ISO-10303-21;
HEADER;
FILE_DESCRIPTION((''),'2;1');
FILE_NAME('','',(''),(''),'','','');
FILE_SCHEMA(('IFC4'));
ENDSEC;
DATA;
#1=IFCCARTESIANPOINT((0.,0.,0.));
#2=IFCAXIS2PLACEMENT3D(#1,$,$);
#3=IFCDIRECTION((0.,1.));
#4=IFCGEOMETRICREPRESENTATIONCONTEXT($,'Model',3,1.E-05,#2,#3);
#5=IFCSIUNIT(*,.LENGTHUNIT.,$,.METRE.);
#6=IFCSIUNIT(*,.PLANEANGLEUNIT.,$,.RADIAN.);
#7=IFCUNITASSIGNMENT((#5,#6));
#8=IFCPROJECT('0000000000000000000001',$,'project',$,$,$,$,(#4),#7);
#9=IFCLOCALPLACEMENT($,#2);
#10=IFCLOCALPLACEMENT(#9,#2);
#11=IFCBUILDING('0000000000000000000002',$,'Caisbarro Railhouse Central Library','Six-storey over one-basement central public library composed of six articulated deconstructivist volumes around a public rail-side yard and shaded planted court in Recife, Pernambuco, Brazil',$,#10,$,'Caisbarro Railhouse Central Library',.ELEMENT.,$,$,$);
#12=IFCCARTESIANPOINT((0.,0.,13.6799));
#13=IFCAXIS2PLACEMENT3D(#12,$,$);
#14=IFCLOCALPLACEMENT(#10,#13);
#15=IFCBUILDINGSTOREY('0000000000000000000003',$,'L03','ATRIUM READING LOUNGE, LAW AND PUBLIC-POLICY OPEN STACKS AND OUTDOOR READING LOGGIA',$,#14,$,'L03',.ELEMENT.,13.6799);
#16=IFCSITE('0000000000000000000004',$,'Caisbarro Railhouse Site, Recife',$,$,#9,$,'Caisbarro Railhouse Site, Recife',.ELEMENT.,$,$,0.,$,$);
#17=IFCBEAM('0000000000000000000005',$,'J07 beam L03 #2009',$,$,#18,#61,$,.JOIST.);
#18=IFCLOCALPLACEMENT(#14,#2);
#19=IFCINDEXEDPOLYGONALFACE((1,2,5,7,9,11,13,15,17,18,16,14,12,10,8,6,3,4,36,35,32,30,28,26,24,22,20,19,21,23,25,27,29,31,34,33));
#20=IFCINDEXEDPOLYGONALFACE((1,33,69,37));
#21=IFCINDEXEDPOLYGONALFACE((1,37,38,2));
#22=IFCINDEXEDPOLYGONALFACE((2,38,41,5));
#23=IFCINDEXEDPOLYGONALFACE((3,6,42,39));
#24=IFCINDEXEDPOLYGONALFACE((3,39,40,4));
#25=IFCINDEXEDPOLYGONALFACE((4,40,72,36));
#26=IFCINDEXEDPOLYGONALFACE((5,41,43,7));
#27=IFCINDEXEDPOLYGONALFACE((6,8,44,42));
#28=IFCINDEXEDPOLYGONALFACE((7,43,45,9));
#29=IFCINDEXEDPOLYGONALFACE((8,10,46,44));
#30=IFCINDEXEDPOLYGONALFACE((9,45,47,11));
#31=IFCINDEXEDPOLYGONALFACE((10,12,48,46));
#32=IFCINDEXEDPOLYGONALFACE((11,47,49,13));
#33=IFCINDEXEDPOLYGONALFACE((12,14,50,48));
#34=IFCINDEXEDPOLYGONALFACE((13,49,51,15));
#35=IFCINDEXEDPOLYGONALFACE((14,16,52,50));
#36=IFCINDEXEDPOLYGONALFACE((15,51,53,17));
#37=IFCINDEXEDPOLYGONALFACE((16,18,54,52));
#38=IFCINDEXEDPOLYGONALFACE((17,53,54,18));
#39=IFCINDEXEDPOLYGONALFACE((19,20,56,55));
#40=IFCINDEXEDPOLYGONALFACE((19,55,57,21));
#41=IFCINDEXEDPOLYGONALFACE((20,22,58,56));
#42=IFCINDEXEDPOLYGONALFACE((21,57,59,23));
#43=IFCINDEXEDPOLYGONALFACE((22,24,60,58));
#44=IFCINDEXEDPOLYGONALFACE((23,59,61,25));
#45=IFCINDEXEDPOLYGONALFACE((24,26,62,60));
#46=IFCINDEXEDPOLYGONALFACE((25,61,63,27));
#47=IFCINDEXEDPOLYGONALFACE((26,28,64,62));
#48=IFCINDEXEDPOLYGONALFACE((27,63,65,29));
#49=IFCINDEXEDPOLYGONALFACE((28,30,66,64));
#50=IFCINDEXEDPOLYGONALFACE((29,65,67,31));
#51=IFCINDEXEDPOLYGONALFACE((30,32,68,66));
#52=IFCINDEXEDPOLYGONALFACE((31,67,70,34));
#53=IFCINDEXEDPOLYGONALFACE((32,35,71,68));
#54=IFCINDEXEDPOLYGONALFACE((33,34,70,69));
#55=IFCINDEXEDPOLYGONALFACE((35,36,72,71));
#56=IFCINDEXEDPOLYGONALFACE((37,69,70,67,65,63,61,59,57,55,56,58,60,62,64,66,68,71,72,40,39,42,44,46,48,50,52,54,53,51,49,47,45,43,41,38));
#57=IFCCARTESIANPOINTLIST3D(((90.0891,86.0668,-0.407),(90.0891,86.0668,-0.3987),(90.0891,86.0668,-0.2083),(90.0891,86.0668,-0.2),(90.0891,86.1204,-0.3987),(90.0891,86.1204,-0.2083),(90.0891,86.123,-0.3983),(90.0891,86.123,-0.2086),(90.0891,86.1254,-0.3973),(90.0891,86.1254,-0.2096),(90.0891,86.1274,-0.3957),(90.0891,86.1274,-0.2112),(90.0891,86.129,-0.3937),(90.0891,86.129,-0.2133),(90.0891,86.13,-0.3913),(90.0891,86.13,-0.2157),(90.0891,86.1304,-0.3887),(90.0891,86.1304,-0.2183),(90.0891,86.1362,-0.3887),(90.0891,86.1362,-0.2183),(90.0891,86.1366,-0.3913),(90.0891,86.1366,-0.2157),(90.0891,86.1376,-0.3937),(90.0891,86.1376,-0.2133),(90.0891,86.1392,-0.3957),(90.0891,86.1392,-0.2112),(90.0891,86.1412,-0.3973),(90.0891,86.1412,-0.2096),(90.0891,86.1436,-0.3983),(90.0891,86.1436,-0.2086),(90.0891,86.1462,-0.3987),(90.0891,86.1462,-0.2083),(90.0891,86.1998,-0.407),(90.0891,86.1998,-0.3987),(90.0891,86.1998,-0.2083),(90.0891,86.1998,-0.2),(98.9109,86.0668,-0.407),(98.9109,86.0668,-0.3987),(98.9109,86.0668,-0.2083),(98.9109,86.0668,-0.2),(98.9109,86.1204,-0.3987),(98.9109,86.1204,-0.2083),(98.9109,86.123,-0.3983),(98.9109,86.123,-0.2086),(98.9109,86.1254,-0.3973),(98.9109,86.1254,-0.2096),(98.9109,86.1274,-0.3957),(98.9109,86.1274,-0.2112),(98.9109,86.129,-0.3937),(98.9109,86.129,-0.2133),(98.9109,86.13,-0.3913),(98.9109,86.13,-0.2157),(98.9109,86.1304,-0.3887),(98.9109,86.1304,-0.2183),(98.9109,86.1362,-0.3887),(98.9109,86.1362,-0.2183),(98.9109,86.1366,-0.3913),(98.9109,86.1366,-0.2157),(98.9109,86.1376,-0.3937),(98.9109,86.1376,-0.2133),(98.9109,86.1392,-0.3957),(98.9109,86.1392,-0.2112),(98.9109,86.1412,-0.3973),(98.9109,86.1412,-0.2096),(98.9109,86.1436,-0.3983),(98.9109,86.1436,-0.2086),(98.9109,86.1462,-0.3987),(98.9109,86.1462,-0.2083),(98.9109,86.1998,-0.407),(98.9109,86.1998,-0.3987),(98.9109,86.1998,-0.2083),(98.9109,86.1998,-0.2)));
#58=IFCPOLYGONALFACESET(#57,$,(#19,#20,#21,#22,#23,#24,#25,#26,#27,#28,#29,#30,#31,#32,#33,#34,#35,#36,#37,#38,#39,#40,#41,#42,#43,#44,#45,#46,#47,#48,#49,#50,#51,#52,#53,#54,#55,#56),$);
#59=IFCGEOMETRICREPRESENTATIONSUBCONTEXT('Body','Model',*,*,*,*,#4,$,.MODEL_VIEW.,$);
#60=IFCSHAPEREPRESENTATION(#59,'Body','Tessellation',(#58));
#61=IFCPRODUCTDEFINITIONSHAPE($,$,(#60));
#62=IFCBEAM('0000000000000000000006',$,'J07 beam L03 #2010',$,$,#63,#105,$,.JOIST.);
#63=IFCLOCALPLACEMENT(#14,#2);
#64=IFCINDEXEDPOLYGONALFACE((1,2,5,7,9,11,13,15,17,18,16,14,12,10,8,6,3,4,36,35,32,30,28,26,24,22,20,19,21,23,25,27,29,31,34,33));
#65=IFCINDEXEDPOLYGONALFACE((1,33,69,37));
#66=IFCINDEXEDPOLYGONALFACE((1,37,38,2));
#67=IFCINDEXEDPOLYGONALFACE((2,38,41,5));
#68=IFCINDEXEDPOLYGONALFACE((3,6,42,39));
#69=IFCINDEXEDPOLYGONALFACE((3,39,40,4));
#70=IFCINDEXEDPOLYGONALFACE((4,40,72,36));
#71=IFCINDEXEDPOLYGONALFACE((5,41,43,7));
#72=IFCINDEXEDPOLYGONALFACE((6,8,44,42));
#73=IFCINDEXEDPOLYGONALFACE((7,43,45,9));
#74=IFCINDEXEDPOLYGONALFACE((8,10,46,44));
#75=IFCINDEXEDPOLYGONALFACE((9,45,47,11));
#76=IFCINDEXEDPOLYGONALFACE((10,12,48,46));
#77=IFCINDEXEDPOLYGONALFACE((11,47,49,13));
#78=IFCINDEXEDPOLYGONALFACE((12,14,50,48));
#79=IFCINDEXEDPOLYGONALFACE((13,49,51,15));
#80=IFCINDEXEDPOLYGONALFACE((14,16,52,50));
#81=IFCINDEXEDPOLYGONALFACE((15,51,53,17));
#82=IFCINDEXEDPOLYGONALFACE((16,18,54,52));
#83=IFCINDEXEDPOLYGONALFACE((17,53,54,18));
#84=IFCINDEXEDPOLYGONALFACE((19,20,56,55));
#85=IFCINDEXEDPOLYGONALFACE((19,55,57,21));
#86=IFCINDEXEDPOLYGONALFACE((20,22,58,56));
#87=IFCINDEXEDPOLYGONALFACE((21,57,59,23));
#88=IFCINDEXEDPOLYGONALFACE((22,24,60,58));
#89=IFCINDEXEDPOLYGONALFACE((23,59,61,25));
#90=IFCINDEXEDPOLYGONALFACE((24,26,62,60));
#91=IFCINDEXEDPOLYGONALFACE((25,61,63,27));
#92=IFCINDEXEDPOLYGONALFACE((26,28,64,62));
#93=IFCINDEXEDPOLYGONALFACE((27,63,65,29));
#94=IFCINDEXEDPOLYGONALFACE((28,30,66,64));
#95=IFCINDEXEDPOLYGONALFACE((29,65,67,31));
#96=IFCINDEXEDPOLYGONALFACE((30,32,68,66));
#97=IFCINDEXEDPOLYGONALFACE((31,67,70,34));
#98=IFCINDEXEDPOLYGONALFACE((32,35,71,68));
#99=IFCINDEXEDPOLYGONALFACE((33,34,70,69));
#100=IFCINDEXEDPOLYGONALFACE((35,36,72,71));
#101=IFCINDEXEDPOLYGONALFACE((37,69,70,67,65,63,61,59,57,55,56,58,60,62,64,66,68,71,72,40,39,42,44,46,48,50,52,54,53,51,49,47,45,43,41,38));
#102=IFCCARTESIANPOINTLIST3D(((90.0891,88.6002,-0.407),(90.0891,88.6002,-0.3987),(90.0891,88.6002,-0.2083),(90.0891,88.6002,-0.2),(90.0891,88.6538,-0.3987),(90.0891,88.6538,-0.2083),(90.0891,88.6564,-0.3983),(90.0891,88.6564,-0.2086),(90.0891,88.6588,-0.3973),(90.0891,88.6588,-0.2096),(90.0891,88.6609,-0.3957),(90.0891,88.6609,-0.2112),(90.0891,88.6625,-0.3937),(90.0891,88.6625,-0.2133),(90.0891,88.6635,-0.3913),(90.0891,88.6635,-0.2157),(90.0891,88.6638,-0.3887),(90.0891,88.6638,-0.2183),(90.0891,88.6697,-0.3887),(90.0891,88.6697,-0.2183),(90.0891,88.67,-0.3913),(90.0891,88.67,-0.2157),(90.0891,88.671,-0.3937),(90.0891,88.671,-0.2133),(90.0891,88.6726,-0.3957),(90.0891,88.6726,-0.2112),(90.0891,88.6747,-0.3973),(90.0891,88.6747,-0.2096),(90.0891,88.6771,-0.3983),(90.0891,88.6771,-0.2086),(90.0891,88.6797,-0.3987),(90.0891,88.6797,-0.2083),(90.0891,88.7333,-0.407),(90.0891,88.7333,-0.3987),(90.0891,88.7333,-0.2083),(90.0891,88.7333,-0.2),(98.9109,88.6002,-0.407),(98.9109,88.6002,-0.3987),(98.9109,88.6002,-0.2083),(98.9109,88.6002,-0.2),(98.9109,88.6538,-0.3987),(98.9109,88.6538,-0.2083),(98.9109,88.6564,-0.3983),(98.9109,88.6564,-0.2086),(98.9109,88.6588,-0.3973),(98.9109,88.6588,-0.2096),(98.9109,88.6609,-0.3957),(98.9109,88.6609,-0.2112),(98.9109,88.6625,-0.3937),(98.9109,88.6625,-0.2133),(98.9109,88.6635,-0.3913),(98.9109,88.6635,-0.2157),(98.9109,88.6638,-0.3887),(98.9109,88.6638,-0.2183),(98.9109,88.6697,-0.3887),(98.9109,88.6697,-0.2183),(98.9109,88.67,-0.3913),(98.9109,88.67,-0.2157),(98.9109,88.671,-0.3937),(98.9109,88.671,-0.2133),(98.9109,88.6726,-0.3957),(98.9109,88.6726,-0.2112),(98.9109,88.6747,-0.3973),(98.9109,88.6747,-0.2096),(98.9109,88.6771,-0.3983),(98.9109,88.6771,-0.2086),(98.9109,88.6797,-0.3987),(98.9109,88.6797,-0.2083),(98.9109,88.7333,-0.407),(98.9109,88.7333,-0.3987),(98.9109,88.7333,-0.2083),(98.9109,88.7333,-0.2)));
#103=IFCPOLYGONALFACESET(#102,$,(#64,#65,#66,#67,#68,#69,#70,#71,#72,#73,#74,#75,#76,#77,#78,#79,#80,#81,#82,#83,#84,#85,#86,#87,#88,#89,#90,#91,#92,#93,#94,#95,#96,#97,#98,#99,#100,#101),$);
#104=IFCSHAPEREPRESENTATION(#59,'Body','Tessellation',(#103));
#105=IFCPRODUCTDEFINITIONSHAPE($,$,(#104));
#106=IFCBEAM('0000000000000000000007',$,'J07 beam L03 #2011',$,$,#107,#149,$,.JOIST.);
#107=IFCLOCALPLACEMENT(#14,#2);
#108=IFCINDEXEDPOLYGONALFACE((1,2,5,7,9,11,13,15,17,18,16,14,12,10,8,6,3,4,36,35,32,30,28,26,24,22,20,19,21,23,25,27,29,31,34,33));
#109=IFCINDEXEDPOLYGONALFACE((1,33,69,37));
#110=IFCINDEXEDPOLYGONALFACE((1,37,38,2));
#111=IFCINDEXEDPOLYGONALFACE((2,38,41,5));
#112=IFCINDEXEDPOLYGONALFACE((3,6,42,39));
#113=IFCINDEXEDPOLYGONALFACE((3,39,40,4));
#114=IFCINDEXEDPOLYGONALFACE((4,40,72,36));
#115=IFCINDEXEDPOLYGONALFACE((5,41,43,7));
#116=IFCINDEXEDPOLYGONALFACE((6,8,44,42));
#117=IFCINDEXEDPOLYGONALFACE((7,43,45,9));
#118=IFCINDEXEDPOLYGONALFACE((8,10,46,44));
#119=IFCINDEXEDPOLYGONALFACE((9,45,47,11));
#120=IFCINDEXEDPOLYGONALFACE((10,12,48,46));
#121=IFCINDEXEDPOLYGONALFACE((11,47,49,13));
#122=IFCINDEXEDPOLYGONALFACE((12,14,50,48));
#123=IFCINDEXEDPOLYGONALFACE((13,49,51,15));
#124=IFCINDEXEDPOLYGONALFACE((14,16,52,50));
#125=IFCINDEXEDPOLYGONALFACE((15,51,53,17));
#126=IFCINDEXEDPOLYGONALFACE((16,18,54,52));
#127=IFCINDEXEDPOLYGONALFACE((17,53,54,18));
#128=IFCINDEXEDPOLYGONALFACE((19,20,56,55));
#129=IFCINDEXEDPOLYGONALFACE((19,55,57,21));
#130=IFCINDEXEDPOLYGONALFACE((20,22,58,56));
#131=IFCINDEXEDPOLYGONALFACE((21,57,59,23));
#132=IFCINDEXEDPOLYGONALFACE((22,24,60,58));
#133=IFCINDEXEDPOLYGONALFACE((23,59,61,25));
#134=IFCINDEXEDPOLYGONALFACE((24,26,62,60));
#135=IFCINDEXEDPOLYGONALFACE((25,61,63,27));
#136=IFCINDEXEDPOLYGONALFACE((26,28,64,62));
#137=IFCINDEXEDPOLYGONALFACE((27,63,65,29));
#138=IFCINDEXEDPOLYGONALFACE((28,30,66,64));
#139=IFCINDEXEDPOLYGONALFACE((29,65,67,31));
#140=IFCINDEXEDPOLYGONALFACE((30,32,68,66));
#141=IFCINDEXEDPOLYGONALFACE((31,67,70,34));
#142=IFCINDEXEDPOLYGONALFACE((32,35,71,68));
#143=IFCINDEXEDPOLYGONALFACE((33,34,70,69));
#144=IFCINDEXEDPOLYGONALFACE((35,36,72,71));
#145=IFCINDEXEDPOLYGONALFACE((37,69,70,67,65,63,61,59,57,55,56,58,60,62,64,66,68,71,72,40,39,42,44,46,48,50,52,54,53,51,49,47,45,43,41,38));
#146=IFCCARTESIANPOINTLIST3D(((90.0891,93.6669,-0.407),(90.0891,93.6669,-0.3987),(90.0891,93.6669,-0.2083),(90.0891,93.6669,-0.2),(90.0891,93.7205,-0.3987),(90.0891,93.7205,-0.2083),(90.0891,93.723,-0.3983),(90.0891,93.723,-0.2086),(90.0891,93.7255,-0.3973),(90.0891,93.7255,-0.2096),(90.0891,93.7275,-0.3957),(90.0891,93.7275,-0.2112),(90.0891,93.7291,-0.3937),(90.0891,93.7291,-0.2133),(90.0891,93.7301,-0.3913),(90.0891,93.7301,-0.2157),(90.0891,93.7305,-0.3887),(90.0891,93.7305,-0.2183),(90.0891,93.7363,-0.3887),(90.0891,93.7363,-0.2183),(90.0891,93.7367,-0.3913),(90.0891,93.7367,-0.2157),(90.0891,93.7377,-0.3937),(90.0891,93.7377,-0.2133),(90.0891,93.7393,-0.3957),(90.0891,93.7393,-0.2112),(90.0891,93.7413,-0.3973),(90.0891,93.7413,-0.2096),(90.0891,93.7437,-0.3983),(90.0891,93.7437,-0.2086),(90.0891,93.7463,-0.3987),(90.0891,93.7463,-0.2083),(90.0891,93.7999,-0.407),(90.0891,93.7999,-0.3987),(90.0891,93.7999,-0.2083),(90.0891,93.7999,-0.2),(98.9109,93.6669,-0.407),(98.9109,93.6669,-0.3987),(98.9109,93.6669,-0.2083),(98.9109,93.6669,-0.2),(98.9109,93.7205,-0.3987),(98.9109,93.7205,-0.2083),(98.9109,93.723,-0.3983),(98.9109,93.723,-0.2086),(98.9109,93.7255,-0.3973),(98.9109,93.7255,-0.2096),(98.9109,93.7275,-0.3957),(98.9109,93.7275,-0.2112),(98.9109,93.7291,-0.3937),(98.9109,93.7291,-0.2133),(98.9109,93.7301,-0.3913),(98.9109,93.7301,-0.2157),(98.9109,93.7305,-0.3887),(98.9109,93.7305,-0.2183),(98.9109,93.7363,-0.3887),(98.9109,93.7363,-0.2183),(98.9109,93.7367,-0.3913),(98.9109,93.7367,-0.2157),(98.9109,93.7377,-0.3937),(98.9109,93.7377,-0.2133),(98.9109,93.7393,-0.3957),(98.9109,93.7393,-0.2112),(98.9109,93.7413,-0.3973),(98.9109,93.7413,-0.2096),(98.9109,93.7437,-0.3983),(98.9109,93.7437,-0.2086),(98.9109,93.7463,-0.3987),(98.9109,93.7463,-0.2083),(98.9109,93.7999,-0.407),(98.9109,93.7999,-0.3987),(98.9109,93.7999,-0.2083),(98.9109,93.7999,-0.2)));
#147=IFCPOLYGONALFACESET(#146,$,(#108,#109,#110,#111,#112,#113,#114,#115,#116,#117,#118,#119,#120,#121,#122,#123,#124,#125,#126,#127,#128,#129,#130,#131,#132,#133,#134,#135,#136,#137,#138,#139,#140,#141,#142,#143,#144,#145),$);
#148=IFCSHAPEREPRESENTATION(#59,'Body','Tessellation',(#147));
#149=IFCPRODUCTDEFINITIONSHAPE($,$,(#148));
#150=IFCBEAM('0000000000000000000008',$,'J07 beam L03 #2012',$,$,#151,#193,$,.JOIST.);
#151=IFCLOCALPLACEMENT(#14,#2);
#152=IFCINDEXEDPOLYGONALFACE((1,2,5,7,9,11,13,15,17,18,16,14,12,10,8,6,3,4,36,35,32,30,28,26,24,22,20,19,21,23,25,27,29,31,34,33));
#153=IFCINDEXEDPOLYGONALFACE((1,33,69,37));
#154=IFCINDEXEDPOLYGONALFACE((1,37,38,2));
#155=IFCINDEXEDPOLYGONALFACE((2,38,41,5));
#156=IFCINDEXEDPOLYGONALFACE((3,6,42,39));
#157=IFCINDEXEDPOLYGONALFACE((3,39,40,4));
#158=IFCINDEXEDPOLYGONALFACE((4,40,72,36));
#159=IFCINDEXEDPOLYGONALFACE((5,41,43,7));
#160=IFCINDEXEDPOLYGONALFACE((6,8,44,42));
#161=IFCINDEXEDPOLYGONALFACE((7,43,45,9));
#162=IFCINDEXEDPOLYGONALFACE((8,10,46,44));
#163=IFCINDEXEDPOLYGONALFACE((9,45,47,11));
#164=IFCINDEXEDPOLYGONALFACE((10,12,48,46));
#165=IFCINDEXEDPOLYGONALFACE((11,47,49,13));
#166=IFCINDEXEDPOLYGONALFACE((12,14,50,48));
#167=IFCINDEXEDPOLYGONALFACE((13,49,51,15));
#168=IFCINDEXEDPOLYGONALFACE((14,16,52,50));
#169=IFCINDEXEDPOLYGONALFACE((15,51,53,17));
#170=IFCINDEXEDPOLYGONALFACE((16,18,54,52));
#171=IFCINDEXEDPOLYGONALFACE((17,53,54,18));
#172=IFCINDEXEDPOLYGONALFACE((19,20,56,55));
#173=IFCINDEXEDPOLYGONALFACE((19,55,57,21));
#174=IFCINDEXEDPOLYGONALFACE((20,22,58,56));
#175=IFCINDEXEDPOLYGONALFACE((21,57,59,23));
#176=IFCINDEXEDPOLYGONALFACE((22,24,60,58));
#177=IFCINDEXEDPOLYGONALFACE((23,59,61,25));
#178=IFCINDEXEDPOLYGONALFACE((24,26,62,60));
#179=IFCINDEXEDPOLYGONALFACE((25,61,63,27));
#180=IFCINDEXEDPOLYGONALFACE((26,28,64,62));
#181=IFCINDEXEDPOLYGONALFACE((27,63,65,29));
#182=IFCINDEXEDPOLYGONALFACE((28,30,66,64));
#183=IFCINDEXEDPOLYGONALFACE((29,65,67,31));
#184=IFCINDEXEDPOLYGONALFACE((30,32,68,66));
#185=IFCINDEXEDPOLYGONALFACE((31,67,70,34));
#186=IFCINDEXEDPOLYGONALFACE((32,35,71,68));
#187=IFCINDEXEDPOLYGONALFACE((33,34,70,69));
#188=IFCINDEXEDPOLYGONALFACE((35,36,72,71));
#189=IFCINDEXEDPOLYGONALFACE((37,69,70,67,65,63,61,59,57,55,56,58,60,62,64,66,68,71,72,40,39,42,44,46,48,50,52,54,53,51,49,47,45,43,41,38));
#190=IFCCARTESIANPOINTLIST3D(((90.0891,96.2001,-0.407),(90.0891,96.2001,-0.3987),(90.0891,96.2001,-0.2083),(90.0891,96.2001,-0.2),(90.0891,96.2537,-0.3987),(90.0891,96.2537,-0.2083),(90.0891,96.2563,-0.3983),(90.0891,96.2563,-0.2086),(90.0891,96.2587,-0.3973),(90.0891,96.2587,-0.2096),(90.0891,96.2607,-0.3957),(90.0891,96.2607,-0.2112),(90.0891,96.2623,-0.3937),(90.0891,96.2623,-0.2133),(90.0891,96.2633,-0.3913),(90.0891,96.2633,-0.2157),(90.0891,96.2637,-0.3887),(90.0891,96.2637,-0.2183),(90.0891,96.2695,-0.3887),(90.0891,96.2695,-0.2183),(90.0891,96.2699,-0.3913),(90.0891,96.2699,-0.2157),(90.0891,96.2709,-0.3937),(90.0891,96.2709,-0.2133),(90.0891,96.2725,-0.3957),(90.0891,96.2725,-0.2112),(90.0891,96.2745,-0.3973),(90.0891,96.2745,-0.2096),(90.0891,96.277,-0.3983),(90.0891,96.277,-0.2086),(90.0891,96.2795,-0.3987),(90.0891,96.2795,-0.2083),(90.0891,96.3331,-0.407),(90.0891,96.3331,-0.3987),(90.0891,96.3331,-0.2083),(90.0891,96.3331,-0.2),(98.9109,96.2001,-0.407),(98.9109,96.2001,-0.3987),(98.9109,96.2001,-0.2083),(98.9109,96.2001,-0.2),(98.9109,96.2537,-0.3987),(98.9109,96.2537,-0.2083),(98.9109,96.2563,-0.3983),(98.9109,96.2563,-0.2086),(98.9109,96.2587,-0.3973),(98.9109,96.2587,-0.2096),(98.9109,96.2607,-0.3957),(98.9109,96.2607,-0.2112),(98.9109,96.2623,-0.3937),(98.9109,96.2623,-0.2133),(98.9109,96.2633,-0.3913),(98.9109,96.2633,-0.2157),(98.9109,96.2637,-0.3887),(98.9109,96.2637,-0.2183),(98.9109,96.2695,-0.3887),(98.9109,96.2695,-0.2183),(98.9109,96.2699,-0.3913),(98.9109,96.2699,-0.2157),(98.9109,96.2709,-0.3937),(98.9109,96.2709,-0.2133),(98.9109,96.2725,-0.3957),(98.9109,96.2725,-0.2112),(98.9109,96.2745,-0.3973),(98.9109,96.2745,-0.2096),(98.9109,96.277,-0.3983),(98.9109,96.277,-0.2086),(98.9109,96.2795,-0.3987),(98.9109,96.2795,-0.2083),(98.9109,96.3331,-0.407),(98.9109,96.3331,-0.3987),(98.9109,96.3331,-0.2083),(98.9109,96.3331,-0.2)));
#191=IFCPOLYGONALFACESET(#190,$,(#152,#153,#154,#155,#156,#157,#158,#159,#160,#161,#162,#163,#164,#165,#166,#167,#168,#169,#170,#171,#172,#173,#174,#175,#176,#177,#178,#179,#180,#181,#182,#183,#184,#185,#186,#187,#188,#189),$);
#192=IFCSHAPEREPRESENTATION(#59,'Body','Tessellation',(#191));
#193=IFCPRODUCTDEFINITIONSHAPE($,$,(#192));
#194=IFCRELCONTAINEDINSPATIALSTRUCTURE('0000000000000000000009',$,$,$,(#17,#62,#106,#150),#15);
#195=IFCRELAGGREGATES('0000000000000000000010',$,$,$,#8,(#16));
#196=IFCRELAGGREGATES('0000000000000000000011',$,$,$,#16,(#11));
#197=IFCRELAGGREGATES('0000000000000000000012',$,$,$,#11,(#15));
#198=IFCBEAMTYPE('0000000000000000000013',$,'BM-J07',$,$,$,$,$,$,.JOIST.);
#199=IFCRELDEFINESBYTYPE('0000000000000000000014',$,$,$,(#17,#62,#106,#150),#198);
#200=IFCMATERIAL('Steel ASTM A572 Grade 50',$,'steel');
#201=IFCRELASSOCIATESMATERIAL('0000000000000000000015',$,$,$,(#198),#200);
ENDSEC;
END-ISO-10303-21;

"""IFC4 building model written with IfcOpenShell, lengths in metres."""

from ifc_helpers import new_model, si_unit, direction, frame, origin, origin_2d, place, context, subcontext, project, spatial, i_section, extrude, material, material_profile, profile_set, type_object, element, save


model = new_model("IFC4")

# Units and contexts
model_context = context("Model", 3, precision=1e-05, world=origin(), true_north=direction((0.0, 1.0)))
body_context = subcontext(model_context, "Body", "Model", "MODEL_VIEW")
ifc_project = project(units=[si_unit("LENGTHUNIT", "METRE"), si_unit("PLANEANGLEUNIT", "RADIAN")], contexts=[model_context])

# Site, building, storey
site_placement = place(None, origin())
site = spatial("IfcSite", under=ifc_project, at=site_placement, Name="Caisbarro Railhouse Site, Recife", LongName="Caisbarro Railhouse Site, Recife", CompositionType="ELEMENT", RefElevation=0.0)
building_placement = place(site_placement, origin())
building = spatial("IfcBuilding", under=site, at=building_placement, Name="Caisbarro Railhouse Central Library", Description="Six-storey over one-basement central public library composed of six articulated deconstructivist volumes around a public rail-side yard and shaded planted court in Recife, Pernambuco, Brazil", LongName="Caisbarro Railhouse Central Library", CompositionType="ELEMENT")
storey_placement = place(building_placement, frame((0.0, 0.0, 13.6799)))
storey = spatial("IfcBuildingStorey", under=building, at=storey_placement, Name="L03", Description="ATRIUM READING LOUNGE, LAW AND PUBLIC-POLICY OPEN STACKS AND OUTDOOR READING LOGGIA", LongName="L03", CompositionType="ELEMENT", Elevation=13.6799)

# Beams
ifc_material_1 = material(Name="Steel ASTM A572 Grade 50", Category="steel")
ifc_material_profile_1 = material_profile(ifc_material_1, i_section(OverallWidth=0.1331, OverallDepth=0.207, WebThickness=0.0059, FlangeThickness=0.0083, FilletRadius=0.01, at=origin_2d()), Name="W200X26.6")
ifc_profile_set_1 = profile_set([ifc_material_profile_1], Name="Steel ASTM A572 Grade 50")
beam_type = type_object("IfcBeamType", Name="BM-J07", PredefinedType="JOIST", material=ifc_profile_set_1)
for number, where, z_axis, x_axis, name in (
    (1, (90.0891, 86.1333, -0.3035), (1.0, 0.0, 0.0), (0.0, 1.0, 0.0), "J07 beam L03 #2009"),
    (2, (90.0891, 88.6667, -0.3035), (1.0, 0.0, 0.0), (0.0, 1.0, 0.0), "J07 beam L03 #2010"),
    (3, (90.0891, 93.7334, -0.3035), (1.0, 0.0, 0.0), (0.0, 1.0, 0.0), "J07 beam L03 #2011"),
    (4, (90.0891, 96.2666, -0.3035), (1.0, 0.0, 0.0), (0.0, 1.0, 0.0), "J07 beam L03 #2012"),
):
    element("IfcBeam", number, at=place(storey_placement, frame(where, z_axis=z_axis, x_axis=x_axis)), inside=storey, type_object=beam_type, Name=name, PredefinedType="JOIST", context=body_context, shape_type="SweptSolid", body=[
        extrude(i_section(OverallWidth=0.1331, OverallDepth=0.207, WebThickness=0.0059, FlangeThickness=0.0083, FilletRadius=0.01, at=origin_2d()), origin(), (0.0, 0.0, 1.0), 8.8218),
    ])

save(model, "model.ifc")
